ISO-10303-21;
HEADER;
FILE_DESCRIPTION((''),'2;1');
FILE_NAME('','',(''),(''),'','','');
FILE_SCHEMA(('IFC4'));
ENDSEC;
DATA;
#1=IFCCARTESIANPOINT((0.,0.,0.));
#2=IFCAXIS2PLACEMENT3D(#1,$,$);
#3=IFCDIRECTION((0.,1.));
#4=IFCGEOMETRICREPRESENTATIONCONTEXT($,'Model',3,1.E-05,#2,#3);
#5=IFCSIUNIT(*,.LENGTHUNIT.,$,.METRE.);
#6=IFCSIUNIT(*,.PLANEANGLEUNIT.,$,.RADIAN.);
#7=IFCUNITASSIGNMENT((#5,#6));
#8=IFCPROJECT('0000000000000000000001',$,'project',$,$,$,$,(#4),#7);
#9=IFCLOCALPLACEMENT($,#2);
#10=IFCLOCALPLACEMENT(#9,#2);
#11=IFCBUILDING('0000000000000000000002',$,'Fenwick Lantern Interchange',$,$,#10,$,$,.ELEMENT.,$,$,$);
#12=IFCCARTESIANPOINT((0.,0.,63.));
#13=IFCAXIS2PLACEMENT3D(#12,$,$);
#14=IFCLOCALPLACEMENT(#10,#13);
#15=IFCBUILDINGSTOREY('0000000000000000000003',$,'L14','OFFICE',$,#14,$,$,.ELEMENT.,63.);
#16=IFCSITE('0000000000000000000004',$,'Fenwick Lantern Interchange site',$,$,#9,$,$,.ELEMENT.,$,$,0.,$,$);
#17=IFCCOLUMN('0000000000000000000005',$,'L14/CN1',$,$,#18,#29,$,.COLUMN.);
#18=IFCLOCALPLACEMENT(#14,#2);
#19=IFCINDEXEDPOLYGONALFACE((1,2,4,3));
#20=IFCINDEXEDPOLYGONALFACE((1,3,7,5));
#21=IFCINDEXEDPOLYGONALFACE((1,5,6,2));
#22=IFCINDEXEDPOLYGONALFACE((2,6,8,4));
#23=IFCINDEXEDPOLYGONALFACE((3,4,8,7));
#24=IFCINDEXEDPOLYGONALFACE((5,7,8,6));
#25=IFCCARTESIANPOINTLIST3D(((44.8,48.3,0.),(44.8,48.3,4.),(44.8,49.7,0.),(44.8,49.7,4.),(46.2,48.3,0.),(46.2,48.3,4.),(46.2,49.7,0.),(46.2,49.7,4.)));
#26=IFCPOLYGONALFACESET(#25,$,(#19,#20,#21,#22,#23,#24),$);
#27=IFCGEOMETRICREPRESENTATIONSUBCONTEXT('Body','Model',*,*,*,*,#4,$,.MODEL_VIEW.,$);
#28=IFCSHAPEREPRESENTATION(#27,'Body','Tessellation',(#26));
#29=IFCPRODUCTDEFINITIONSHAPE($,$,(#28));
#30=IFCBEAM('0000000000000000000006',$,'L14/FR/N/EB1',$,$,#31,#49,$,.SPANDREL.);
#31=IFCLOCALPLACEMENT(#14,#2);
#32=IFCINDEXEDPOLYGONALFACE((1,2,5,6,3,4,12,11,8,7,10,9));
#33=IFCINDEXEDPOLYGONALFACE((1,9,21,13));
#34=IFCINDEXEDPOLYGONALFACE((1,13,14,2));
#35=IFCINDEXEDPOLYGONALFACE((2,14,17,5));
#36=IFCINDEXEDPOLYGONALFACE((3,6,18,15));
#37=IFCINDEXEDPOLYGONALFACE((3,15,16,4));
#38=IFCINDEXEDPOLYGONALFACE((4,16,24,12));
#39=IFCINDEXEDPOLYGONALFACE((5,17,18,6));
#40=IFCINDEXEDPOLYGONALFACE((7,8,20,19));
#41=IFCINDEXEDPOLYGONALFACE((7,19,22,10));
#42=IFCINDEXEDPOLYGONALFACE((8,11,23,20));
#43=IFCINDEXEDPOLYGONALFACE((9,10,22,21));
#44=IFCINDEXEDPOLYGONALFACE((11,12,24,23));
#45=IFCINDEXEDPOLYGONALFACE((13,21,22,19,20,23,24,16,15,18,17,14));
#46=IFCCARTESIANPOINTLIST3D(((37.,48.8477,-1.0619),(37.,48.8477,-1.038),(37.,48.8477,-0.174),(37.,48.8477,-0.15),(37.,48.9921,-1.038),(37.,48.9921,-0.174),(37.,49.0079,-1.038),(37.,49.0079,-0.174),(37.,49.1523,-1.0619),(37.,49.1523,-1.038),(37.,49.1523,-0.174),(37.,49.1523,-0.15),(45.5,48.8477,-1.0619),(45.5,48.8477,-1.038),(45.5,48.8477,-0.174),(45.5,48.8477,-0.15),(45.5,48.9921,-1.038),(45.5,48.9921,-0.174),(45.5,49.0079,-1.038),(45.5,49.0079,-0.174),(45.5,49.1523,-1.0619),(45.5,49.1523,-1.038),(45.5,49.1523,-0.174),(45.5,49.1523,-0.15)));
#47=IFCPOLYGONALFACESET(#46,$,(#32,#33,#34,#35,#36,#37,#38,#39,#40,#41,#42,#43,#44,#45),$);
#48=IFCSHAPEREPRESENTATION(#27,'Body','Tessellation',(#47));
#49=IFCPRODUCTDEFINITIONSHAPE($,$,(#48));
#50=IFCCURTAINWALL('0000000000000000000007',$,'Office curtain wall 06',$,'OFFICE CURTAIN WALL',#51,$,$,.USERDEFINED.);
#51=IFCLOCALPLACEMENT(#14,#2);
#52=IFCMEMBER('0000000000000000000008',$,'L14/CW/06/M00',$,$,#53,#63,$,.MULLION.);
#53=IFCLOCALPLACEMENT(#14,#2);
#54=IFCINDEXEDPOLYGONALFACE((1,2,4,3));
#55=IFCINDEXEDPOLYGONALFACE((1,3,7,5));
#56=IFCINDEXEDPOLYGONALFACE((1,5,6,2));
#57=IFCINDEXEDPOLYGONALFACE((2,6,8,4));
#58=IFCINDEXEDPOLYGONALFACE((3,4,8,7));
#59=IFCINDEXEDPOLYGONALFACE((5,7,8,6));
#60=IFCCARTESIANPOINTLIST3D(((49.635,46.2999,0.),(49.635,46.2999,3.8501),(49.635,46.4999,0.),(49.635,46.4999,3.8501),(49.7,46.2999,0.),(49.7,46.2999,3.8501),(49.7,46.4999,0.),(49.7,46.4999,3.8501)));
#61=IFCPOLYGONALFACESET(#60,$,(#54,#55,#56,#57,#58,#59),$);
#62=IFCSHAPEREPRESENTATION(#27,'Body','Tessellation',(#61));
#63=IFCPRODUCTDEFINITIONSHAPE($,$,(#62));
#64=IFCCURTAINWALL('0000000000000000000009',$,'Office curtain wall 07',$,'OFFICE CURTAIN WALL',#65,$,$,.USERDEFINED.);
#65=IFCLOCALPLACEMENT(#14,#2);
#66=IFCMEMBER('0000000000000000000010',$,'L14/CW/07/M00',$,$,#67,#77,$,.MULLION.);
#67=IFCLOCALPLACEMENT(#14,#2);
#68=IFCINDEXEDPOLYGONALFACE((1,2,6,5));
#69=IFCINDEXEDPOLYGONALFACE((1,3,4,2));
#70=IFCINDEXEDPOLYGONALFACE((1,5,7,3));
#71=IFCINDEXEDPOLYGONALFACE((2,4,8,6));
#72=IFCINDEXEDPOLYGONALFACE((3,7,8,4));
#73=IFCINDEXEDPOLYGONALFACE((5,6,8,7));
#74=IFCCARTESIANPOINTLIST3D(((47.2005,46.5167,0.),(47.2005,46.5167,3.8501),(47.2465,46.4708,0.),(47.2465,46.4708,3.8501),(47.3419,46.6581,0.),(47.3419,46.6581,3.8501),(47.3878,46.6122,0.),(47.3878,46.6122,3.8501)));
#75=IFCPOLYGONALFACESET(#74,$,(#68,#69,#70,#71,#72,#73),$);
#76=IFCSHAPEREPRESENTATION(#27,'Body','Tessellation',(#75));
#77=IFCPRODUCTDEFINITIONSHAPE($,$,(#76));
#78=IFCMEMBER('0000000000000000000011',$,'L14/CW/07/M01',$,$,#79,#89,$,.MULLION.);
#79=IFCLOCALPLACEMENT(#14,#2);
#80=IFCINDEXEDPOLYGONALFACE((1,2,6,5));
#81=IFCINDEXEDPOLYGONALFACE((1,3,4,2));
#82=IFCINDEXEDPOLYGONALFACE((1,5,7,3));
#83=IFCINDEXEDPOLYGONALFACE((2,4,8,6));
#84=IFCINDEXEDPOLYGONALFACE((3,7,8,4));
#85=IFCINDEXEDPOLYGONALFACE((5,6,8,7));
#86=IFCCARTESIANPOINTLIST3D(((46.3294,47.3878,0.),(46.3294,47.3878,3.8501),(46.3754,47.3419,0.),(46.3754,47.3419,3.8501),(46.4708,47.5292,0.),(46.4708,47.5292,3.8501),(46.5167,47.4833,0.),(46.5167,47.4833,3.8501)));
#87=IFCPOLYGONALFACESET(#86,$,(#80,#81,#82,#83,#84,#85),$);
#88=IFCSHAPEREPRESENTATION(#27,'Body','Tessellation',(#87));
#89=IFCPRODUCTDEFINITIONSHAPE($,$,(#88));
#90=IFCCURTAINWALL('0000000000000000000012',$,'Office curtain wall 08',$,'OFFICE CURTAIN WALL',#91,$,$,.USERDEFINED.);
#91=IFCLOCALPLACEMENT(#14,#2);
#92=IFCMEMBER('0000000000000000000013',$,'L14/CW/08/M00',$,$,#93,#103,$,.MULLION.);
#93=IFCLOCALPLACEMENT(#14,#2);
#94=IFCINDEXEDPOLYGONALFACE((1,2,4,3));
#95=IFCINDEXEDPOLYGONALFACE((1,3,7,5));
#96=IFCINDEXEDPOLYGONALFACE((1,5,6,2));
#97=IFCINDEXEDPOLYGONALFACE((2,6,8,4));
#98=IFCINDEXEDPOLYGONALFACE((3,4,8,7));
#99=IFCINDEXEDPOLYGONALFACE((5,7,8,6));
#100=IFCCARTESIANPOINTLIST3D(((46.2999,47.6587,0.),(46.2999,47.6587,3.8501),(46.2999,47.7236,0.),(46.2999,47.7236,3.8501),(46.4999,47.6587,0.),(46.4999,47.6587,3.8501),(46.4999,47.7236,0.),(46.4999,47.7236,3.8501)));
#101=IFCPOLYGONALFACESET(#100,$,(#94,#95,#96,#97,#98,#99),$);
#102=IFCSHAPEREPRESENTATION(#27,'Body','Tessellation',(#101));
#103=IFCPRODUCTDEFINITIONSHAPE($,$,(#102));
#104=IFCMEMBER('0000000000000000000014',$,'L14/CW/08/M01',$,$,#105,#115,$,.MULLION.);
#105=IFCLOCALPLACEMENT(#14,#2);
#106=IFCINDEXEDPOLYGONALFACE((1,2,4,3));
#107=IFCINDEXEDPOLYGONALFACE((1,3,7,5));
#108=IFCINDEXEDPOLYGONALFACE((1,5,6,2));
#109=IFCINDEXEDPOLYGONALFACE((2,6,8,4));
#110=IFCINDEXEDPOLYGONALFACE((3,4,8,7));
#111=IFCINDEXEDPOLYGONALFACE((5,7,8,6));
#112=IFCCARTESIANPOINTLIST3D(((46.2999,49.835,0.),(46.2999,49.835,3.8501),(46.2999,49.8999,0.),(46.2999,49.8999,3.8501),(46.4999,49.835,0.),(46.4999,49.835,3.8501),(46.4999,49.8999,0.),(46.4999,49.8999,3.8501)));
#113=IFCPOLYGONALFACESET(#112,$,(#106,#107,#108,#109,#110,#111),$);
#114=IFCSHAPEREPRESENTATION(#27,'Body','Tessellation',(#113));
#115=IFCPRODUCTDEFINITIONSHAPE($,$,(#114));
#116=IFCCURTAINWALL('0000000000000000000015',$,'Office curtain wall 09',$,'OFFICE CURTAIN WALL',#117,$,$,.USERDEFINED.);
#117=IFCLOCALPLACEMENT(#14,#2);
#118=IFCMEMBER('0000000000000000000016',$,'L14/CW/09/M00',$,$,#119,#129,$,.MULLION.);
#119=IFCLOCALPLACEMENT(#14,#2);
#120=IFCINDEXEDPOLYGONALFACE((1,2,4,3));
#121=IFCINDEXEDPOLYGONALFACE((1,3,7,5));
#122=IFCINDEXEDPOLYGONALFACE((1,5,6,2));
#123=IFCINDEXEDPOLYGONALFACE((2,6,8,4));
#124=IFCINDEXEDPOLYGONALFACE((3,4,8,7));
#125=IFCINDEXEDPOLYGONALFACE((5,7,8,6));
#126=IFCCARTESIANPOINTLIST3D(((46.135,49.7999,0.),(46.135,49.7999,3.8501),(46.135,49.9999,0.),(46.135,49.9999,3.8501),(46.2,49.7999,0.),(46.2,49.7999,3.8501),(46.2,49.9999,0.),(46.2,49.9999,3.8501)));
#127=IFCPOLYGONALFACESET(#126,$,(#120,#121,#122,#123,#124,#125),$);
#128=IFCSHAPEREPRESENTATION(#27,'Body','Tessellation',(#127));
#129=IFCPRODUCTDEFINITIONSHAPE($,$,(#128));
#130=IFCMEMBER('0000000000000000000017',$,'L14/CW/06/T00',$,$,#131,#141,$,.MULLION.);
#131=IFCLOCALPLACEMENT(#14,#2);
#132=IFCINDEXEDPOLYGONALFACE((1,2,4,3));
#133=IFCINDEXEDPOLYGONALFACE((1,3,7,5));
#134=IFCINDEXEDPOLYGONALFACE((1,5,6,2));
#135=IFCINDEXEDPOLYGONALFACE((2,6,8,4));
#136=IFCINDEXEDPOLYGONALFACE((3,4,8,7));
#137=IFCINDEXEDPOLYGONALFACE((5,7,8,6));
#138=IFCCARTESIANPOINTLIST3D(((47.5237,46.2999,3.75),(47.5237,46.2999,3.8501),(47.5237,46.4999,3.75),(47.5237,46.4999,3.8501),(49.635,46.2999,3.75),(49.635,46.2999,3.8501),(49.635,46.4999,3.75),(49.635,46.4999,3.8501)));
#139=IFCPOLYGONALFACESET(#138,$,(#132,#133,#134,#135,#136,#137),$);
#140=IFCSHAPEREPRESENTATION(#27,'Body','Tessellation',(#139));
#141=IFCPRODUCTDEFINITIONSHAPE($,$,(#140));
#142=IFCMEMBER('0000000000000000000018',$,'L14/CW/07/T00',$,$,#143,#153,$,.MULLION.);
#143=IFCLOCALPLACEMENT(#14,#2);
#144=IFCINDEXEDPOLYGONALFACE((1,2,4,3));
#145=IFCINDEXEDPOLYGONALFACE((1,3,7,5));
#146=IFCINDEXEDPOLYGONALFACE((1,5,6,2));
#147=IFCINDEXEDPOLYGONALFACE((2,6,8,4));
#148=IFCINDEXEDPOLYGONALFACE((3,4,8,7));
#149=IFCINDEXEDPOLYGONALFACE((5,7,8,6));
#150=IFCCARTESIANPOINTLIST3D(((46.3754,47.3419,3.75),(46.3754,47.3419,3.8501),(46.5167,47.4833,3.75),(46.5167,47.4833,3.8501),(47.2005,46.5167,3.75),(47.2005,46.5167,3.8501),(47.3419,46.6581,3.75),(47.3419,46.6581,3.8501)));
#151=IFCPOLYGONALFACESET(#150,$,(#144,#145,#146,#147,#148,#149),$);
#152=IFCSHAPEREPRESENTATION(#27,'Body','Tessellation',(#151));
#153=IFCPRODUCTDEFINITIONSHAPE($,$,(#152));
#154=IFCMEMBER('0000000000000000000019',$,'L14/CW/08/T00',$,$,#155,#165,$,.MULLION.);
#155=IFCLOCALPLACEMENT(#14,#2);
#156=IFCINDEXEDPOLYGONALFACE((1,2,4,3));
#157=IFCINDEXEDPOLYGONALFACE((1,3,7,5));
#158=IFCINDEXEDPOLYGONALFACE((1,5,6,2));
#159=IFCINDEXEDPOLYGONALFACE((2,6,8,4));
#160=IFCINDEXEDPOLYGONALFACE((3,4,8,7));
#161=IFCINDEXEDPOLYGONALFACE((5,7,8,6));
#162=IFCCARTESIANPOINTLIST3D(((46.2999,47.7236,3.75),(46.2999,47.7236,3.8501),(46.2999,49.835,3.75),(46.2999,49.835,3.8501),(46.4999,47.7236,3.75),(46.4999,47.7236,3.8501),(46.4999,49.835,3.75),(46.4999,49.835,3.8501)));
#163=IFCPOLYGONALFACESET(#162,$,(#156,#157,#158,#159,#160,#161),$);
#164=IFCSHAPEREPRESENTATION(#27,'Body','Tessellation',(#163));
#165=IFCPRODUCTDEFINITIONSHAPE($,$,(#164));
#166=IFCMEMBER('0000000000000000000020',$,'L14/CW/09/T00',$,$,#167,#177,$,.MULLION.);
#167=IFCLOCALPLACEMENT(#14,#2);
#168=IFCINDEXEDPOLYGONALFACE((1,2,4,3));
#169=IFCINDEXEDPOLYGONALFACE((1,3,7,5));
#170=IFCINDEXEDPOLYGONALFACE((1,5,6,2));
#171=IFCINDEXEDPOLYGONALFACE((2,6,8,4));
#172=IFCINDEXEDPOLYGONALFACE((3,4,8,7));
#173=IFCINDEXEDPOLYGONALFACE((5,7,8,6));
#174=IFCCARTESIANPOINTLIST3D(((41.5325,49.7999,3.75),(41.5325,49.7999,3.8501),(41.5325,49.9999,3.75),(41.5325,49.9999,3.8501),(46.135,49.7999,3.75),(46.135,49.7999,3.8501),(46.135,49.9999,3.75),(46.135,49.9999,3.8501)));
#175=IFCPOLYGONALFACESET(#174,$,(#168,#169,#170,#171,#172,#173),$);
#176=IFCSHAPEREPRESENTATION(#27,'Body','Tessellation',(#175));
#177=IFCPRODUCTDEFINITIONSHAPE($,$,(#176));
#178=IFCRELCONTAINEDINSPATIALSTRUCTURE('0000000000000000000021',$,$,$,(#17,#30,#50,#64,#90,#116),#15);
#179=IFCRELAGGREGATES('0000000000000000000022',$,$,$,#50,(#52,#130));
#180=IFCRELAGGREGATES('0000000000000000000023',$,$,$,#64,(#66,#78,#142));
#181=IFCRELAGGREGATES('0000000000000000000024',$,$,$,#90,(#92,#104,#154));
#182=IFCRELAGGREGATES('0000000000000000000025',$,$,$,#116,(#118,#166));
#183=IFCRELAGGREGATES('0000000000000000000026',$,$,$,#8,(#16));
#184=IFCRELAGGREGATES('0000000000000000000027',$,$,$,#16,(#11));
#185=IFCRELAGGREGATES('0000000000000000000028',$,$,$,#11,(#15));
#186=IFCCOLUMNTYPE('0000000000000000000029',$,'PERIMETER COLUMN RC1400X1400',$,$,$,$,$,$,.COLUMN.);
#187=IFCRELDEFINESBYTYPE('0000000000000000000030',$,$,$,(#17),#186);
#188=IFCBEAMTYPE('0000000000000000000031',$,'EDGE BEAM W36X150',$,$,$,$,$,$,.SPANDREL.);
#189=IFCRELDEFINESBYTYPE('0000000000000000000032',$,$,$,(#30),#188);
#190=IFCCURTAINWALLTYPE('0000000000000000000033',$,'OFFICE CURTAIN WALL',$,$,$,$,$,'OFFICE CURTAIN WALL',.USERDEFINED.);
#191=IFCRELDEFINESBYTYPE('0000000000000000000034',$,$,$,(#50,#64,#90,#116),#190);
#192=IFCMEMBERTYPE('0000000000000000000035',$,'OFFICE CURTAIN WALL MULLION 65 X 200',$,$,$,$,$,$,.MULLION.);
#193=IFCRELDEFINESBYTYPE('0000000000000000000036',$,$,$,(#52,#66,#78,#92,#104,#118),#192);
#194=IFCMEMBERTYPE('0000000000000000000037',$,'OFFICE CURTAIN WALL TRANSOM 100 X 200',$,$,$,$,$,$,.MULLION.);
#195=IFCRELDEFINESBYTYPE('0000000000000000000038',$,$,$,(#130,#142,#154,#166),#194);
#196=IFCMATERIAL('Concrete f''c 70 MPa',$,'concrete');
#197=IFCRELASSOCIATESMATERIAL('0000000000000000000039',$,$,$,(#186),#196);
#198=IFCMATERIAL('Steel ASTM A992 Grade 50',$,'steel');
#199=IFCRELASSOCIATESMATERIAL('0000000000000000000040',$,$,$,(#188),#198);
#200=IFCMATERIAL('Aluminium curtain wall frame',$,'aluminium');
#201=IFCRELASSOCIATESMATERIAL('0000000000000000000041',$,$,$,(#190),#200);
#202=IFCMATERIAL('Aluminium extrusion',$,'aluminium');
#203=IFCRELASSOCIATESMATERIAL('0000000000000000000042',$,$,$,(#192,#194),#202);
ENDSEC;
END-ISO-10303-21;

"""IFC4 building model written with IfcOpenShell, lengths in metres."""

from ifc_helpers import new_model, si_unit, direction, frame, origin, origin_2d, place, context, subcontext, project, spatial, rectangle, i_section, extrude, material, material_profile, profile_set, type_object, element, aggregate, save


model = new_model("IFC4")

# Units and contexts
model_context = context("Model", 3, precision=1e-05, world=origin(), true_north=direction((0.0, 1.0)))
body_context = subcontext(model_context, "Body", "Model", "MODEL_VIEW")
ifc_project = project(units=[si_unit("LENGTHUNIT", "METRE"), si_unit("PLANEANGLEUNIT", "RADIAN")], contexts=[model_context])

# Site, building, storey
site_placement = place(None, origin())
site = spatial("IfcSite", under=ifc_project, at=site_placement, Name="Fenwick Lantern Interchange site", CompositionType="ELEMENT", RefElevation=0.0)
building_placement = place(site_placement, origin())
building = spatial("IfcBuilding", under=site, at=building_placement, Name="Fenwick Lantern Interchange", CompositionType="ELEMENT")
storey_placement = place(building_placement, frame((0.0, 0.0, 63.0)))
storey = spatial("IfcBuildingStorey", under=building, at=storey_placement, Name="L14", Description="OFFICE", CompositionType="ELEMENT", Elevation=63.0)

# Column
ifc_material_1 = material(Name="Concrete f'c 70 MPa", Category="concrete")
ifc_material_profile_1 = material_profile(ifc_material_1, rectangle(XDim=1.3999, YDim=1.3999, at=origin_2d()), Name="RC1400X1400")
ifc_profile_set_1 = profile_set([ifc_material_profile_1], Name="Concrete f'c 70 MPa")
column_type = type_object("IfcColumnType", Name="PERIMETER COLUMN RC1400X1400", PredefinedType="COLUMN", material=ifc_profile_set_1)
column_placement = place(storey_placement, frame((45.5, 49.0, 0.0), z_axis=(0.0, 0.0, 1.0), x_axis=(1.0, 0.0, 0.0)))
element("IfcColumn", 1, at=column_placement, inside=storey, type_object=column_type, Name="L14/CN1", PredefinedType="COLUMN", context=body_context, shape_type="SweptSolid", body=[
    extrude(rectangle(XDim=1.3999, YDim=1.3999, at=origin_2d()), origin(), (0.0, 0.0, 1.0), 4.0),
])

# Beam
ifc_material_2 = material(Name="Steel ASTM A992 Grade 50", Category="steel")
ifc_material_profile_2 = material_profile(ifc_material_2, i_section(OverallWidth=0.3047, OverallDepth=0.9119, WebThickness=0.0159, FlangeThickness=0.0239, at=origin_2d()), Name="W36X150")
ifc_profile_set_2 = profile_set([ifc_material_profile_2], Name="Steel ASTM A992 Grade 50")
beam_type = type_object("IfcBeamType", Name="EDGE BEAM W36X150", PredefinedType="SPANDREL", material=ifc_profile_set_2)
beam_placement = place(storey_placement, frame((45.5, 49.0, -0.606), z_axis=(-1.0, 0.0, 0.0), x_axis=(0.0, -1.0, 0.0)))
element("IfcBeam", 2, at=beam_placement, inside=storey, type_object=beam_type, Name="L14/FR/N/EB1", PredefinedType="SPANDREL", context=body_context, shape_type="SweptSolid", body=[
    extrude(i_section(OverallWidth=0.3047, OverallDepth=0.9119, WebThickness=0.0159, FlangeThickness=0.0239, at=origin_2d()), origin(), (0.0, 0.0, 1.0), 8.5),
])

# Curtain wall, member
ifc_material_3 = material(Name="Aluminium curtain wall frame", Category="aluminium")
curtain_wall_type = type_object("IfcCurtainWallType", Name="OFFICE CURTAIN WALL", ElementType="OFFICE CURTAIN WALL", PredefinedType="USERDEFINED", material=ifc_material_3)
curtain_wall_1_placement = place(storey_placement, origin())
curtain_wall_1 = element("IfcCurtainWall", 3, at=curtain_wall_1_placement, inside=storey, type_object=curtain_wall_type, Name="Office curtain wall 06", ObjectType="OFFICE CURTAIN WALL", PredefinedType="USERDEFINED")
ifc_material_4 = material(Name="Aluminium extrusion", Category="aluminium")
ifc_material_profile_3 = material_profile(ifc_material_4, rectangle(XDim=0.2, YDim=0.0649, at=origin_2d()), Name="OFFICE CURTAIN WALL MULLION 65 X 200")
ifc_profile_set_3 = profile_set([ifc_material_profile_3], Name="Aluminium extrusion")
member_type_1 = type_object("IfcMemberType", Name="OFFICE CURTAIN WALL MULLION 65 X 200", PredefinedType="MULLION", material=ifc_profile_set_3)
member_1_placement = place(storey_placement, frame((49.6675, 46.3999, 0.0), z_axis=(0.0, 0.0, 1.0), x_axis=(0.0, -1.0, 0.0)))
member_1 = element("IfcMember", 4, at=member_1_placement, type_object=member_type_1, Name="L14/CW/06/M00", PredefinedType="MULLION", context=body_context, shape_type="SweptSolid", body=[
    extrude(rectangle(XDim=0.2, YDim=0.0649, at=origin_2d()), origin(), (0.0, 0.0, 1.0), 3.8501),
])

# Curtain walls, members
curtain_wall_2_placement = place(storey_placement, origin())
curtain_wall_2 = element("IfcCurtainWall", 5, at=curtain_wall_2_placement, inside=storey, type_object=curtain_wall_type, Name="Office curtain wall 07", ObjectType="OFFICE CURTAIN WALL", PredefinedType="USERDEFINED")
member_2_placement = place(storey_placement, frame((47.2942, 46.5645, 0.0), z_axis=(0.0, 0.0, 1.0), x_axis=(-0.707107, -0.707107, 0.0)))
member_2 = element("IfcMember", 6, at=member_2_placement, type_object=member_type_1, Name="L14/CW/07/M00", PredefinedType="MULLION", context=body_context, shape_type="SweptSolid", body=[
    extrude(rectangle(XDim=0.2, YDim=0.0649, at=origin_2d()), origin(), (0.0, 0.0, 1.0), 3.8501),
])
member_3_placement = place(storey_placement, frame((46.4231, 47.4355, 0.0), z_axis=(0.0, 0.0, 1.0), x_axis=(-0.707107, -0.707107, 0.0)))
member_3 = element("IfcMember", 7, at=member_3_placement, type_object=member_type_1, Name="L14/CW/07/M01", PredefinedType="MULLION", context=body_context, shape_type="SweptSolid", body=[
    extrude(rectangle(XDim=0.2, YDim=0.0649, at=origin_2d()), origin(), (0.0, 0.0, 1.0), 3.8501),
])
curtain_wall_3_placement = place(storey_placement, origin())
curtain_wall_3 = element("IfcCurtainWall", 8, at=curtain_wall_3_placement, inside=storey, type_object=curtain_wall_type, Name="Office curtain wall 08", ObjectType="OFFICE CURTAIN WALL", PredefinedType="USERDEFINED")
member_4_placement = place(storey_placement, frame((46.3999, 47.6912, 0.0), z_axis=(0.0, 0.0, 1.0), x_axis=(-1.0, 0.0, 0.0)))
member_4 = element("IfcMember", 9, at=member_4_placement, type_object=member_type_1, Name="L14/CW/08/M00", PredefinedType="MULLION", context=body_context, shape_type="SweptSolid", body=[
    extrude(rectangle(XDim=0.2, YDim=0.0649, at=origin_2d()), origin(), (0.0, 0.0, 1.0), 3.8501),
])
member_5_placement = place(storey_placement, frame((46.3999, 49.8674, 0.0), z_axis=(0.0, 0.0, 1.0), x_axis=(-1.0, 0.0, 0.0)))
member_5 = element("IfcMember", 10, at=member_5_placement, type_object=member_type_1, Name="L14/CW/08/M01", PredefinedType="MULLION", context=body_context, shape_type="SweptSolid", body=[
    extrude(rectangle(XDim=0.2, YDim=0.0649, at=origin_2d()), origin(), (0.0, 0.0, 1.0), 3.8501),
])

# Curtain wall, member
curtain_wall_4_placement = place(storey_placement, origin())
curtain_wall_4 = element("IfcCurtainWall", 11, at=curtain_wall_4_placement, inside=storey, type_object=curtain_wall_type, Name="Office curtain wall 09", ObjectType="OFFICE CURTAIN WALL", PredefinedType="USERDEFINED")
member_6_placement = place(storey_placement, frame((46.1675, 49.8999, 0.0), z_axis=(0.0, 0.0, 1.0), x_axis=(0.0, -1.0, 0.0)))
member_6 = element("IfcMember", 12, at=member_6_placement, type_object=member_type_1, Name="L14/CW/09/M00", PredefinedType="MULLION", context=body_context, shape_type="SweptSolid", body=[
    extrude(rectangle(XDim=0.2, YDim=0.0649, at=origin_2d()), origin(), (0.0, 0.0, 1.0), 3.8501),
])

# Members
ifc_material_profile_4 = material_profile(ifc_material_4, rectangle(XDim=0.2, YDim=0.1001, at=origin_2d()), Name="OFFICE CURTAIN WALL TRANSOM 100 X 200")
ifc_profile_set_4 = profile_set([ifc_material_profile_4], Name="Aluminium extrusion")
member_type_2 = type_object("IfcMemberType", Name="OFFICE CURTAIN WALL TRANSOM 100 X 200", PredefinedType="MULLION", material=ifc_profile_set_4)
member_7_placement = place(storey_placement, frame((49.635, 46.3999, 3.8), z_axis=(-1.0, 0.0, 0.0), x_axis=(0.0, -1.0, 0.0)))
member_7 = element("IfcMember", 13, at=member_7_placement, type_object=member_type_2, Name="L14/CW/06/T00", PredefinedType="MULLION", context=body_context, shape_type="SweptSolid", body=[
    extrude(rectangle(XDim=0.2, YDim=0.1001, at=origin_2d()), origin(), (0.0, 0.0, 1.0), 2.1113),
])
aggregate(curtain_wall_1, [member_1, member_7])
member_8_placement = place(storey_placement, frame((47.2712, 46.5874, 3.8), z_axis=(-0.707107, 0.707107, 0.0), x_axis=(-0.707107, -0.707107, 0.0)))
member_8 = element("IfcMember", 14, at=member_8_placement, type_object=member_type_2, Name="L14/CW/07/T00", PredefinedType="MULLION", context=body_context, shape_type="SweptSolid", body=[
    extrude(rectangle(XDim=0.2, YDim=0.1001, at=origin_2d()), origin(), (0.0, 0.0, 1.0), 1.167),
])
aggregate(curtain_wall_2, [member_2, member_3, member_8])
member_9_placement = place(storey_placement, frame((46.3999, 47.7236, 3.8), z_axis=(0.0, 1.0, 0.0), x_axis=(-1.0, 0.0, 0.0)))
member_9 = element("IfcMember", 15, at=member_9_placement, type_object=member_type_2, Name="L14/CW/08/T00", PredefinedType="MULLION", context=body_context, shape_type="SweptSolid", body=[
    extrude(rectangle(XDim=0.2, YDim=0.1001, at=origin_2d()), origin(), (0.0, 0.0, 1.0), 2.1113),
])
aggregate(curtain_wall_3, [member_4, member_5, member_9])
member_10_placement = place(storey_placement, frame((46.135, 49.8999, 3.8), z_axis=(-1.0, 0.0, 0.0), x_axis=(0.0, -1.0, 0.0)))
member_10 = element("IfcMember", 16, at=member_10_placement, type_object=member_type_2, Name="L14/CW/09/T00", PredefinedType="MULLION", context=body_context, shape_type="SweptSolid", body=[
    extrude(rectangle(XDim=0.2, YDim=0.1001, at=origin_2d()), origin(), (0.0, 0.0, 1.0), 4.6025),
])

aggregate(curtain_wall_4, [member_6, member_10])

save(model, "model.ifc")
